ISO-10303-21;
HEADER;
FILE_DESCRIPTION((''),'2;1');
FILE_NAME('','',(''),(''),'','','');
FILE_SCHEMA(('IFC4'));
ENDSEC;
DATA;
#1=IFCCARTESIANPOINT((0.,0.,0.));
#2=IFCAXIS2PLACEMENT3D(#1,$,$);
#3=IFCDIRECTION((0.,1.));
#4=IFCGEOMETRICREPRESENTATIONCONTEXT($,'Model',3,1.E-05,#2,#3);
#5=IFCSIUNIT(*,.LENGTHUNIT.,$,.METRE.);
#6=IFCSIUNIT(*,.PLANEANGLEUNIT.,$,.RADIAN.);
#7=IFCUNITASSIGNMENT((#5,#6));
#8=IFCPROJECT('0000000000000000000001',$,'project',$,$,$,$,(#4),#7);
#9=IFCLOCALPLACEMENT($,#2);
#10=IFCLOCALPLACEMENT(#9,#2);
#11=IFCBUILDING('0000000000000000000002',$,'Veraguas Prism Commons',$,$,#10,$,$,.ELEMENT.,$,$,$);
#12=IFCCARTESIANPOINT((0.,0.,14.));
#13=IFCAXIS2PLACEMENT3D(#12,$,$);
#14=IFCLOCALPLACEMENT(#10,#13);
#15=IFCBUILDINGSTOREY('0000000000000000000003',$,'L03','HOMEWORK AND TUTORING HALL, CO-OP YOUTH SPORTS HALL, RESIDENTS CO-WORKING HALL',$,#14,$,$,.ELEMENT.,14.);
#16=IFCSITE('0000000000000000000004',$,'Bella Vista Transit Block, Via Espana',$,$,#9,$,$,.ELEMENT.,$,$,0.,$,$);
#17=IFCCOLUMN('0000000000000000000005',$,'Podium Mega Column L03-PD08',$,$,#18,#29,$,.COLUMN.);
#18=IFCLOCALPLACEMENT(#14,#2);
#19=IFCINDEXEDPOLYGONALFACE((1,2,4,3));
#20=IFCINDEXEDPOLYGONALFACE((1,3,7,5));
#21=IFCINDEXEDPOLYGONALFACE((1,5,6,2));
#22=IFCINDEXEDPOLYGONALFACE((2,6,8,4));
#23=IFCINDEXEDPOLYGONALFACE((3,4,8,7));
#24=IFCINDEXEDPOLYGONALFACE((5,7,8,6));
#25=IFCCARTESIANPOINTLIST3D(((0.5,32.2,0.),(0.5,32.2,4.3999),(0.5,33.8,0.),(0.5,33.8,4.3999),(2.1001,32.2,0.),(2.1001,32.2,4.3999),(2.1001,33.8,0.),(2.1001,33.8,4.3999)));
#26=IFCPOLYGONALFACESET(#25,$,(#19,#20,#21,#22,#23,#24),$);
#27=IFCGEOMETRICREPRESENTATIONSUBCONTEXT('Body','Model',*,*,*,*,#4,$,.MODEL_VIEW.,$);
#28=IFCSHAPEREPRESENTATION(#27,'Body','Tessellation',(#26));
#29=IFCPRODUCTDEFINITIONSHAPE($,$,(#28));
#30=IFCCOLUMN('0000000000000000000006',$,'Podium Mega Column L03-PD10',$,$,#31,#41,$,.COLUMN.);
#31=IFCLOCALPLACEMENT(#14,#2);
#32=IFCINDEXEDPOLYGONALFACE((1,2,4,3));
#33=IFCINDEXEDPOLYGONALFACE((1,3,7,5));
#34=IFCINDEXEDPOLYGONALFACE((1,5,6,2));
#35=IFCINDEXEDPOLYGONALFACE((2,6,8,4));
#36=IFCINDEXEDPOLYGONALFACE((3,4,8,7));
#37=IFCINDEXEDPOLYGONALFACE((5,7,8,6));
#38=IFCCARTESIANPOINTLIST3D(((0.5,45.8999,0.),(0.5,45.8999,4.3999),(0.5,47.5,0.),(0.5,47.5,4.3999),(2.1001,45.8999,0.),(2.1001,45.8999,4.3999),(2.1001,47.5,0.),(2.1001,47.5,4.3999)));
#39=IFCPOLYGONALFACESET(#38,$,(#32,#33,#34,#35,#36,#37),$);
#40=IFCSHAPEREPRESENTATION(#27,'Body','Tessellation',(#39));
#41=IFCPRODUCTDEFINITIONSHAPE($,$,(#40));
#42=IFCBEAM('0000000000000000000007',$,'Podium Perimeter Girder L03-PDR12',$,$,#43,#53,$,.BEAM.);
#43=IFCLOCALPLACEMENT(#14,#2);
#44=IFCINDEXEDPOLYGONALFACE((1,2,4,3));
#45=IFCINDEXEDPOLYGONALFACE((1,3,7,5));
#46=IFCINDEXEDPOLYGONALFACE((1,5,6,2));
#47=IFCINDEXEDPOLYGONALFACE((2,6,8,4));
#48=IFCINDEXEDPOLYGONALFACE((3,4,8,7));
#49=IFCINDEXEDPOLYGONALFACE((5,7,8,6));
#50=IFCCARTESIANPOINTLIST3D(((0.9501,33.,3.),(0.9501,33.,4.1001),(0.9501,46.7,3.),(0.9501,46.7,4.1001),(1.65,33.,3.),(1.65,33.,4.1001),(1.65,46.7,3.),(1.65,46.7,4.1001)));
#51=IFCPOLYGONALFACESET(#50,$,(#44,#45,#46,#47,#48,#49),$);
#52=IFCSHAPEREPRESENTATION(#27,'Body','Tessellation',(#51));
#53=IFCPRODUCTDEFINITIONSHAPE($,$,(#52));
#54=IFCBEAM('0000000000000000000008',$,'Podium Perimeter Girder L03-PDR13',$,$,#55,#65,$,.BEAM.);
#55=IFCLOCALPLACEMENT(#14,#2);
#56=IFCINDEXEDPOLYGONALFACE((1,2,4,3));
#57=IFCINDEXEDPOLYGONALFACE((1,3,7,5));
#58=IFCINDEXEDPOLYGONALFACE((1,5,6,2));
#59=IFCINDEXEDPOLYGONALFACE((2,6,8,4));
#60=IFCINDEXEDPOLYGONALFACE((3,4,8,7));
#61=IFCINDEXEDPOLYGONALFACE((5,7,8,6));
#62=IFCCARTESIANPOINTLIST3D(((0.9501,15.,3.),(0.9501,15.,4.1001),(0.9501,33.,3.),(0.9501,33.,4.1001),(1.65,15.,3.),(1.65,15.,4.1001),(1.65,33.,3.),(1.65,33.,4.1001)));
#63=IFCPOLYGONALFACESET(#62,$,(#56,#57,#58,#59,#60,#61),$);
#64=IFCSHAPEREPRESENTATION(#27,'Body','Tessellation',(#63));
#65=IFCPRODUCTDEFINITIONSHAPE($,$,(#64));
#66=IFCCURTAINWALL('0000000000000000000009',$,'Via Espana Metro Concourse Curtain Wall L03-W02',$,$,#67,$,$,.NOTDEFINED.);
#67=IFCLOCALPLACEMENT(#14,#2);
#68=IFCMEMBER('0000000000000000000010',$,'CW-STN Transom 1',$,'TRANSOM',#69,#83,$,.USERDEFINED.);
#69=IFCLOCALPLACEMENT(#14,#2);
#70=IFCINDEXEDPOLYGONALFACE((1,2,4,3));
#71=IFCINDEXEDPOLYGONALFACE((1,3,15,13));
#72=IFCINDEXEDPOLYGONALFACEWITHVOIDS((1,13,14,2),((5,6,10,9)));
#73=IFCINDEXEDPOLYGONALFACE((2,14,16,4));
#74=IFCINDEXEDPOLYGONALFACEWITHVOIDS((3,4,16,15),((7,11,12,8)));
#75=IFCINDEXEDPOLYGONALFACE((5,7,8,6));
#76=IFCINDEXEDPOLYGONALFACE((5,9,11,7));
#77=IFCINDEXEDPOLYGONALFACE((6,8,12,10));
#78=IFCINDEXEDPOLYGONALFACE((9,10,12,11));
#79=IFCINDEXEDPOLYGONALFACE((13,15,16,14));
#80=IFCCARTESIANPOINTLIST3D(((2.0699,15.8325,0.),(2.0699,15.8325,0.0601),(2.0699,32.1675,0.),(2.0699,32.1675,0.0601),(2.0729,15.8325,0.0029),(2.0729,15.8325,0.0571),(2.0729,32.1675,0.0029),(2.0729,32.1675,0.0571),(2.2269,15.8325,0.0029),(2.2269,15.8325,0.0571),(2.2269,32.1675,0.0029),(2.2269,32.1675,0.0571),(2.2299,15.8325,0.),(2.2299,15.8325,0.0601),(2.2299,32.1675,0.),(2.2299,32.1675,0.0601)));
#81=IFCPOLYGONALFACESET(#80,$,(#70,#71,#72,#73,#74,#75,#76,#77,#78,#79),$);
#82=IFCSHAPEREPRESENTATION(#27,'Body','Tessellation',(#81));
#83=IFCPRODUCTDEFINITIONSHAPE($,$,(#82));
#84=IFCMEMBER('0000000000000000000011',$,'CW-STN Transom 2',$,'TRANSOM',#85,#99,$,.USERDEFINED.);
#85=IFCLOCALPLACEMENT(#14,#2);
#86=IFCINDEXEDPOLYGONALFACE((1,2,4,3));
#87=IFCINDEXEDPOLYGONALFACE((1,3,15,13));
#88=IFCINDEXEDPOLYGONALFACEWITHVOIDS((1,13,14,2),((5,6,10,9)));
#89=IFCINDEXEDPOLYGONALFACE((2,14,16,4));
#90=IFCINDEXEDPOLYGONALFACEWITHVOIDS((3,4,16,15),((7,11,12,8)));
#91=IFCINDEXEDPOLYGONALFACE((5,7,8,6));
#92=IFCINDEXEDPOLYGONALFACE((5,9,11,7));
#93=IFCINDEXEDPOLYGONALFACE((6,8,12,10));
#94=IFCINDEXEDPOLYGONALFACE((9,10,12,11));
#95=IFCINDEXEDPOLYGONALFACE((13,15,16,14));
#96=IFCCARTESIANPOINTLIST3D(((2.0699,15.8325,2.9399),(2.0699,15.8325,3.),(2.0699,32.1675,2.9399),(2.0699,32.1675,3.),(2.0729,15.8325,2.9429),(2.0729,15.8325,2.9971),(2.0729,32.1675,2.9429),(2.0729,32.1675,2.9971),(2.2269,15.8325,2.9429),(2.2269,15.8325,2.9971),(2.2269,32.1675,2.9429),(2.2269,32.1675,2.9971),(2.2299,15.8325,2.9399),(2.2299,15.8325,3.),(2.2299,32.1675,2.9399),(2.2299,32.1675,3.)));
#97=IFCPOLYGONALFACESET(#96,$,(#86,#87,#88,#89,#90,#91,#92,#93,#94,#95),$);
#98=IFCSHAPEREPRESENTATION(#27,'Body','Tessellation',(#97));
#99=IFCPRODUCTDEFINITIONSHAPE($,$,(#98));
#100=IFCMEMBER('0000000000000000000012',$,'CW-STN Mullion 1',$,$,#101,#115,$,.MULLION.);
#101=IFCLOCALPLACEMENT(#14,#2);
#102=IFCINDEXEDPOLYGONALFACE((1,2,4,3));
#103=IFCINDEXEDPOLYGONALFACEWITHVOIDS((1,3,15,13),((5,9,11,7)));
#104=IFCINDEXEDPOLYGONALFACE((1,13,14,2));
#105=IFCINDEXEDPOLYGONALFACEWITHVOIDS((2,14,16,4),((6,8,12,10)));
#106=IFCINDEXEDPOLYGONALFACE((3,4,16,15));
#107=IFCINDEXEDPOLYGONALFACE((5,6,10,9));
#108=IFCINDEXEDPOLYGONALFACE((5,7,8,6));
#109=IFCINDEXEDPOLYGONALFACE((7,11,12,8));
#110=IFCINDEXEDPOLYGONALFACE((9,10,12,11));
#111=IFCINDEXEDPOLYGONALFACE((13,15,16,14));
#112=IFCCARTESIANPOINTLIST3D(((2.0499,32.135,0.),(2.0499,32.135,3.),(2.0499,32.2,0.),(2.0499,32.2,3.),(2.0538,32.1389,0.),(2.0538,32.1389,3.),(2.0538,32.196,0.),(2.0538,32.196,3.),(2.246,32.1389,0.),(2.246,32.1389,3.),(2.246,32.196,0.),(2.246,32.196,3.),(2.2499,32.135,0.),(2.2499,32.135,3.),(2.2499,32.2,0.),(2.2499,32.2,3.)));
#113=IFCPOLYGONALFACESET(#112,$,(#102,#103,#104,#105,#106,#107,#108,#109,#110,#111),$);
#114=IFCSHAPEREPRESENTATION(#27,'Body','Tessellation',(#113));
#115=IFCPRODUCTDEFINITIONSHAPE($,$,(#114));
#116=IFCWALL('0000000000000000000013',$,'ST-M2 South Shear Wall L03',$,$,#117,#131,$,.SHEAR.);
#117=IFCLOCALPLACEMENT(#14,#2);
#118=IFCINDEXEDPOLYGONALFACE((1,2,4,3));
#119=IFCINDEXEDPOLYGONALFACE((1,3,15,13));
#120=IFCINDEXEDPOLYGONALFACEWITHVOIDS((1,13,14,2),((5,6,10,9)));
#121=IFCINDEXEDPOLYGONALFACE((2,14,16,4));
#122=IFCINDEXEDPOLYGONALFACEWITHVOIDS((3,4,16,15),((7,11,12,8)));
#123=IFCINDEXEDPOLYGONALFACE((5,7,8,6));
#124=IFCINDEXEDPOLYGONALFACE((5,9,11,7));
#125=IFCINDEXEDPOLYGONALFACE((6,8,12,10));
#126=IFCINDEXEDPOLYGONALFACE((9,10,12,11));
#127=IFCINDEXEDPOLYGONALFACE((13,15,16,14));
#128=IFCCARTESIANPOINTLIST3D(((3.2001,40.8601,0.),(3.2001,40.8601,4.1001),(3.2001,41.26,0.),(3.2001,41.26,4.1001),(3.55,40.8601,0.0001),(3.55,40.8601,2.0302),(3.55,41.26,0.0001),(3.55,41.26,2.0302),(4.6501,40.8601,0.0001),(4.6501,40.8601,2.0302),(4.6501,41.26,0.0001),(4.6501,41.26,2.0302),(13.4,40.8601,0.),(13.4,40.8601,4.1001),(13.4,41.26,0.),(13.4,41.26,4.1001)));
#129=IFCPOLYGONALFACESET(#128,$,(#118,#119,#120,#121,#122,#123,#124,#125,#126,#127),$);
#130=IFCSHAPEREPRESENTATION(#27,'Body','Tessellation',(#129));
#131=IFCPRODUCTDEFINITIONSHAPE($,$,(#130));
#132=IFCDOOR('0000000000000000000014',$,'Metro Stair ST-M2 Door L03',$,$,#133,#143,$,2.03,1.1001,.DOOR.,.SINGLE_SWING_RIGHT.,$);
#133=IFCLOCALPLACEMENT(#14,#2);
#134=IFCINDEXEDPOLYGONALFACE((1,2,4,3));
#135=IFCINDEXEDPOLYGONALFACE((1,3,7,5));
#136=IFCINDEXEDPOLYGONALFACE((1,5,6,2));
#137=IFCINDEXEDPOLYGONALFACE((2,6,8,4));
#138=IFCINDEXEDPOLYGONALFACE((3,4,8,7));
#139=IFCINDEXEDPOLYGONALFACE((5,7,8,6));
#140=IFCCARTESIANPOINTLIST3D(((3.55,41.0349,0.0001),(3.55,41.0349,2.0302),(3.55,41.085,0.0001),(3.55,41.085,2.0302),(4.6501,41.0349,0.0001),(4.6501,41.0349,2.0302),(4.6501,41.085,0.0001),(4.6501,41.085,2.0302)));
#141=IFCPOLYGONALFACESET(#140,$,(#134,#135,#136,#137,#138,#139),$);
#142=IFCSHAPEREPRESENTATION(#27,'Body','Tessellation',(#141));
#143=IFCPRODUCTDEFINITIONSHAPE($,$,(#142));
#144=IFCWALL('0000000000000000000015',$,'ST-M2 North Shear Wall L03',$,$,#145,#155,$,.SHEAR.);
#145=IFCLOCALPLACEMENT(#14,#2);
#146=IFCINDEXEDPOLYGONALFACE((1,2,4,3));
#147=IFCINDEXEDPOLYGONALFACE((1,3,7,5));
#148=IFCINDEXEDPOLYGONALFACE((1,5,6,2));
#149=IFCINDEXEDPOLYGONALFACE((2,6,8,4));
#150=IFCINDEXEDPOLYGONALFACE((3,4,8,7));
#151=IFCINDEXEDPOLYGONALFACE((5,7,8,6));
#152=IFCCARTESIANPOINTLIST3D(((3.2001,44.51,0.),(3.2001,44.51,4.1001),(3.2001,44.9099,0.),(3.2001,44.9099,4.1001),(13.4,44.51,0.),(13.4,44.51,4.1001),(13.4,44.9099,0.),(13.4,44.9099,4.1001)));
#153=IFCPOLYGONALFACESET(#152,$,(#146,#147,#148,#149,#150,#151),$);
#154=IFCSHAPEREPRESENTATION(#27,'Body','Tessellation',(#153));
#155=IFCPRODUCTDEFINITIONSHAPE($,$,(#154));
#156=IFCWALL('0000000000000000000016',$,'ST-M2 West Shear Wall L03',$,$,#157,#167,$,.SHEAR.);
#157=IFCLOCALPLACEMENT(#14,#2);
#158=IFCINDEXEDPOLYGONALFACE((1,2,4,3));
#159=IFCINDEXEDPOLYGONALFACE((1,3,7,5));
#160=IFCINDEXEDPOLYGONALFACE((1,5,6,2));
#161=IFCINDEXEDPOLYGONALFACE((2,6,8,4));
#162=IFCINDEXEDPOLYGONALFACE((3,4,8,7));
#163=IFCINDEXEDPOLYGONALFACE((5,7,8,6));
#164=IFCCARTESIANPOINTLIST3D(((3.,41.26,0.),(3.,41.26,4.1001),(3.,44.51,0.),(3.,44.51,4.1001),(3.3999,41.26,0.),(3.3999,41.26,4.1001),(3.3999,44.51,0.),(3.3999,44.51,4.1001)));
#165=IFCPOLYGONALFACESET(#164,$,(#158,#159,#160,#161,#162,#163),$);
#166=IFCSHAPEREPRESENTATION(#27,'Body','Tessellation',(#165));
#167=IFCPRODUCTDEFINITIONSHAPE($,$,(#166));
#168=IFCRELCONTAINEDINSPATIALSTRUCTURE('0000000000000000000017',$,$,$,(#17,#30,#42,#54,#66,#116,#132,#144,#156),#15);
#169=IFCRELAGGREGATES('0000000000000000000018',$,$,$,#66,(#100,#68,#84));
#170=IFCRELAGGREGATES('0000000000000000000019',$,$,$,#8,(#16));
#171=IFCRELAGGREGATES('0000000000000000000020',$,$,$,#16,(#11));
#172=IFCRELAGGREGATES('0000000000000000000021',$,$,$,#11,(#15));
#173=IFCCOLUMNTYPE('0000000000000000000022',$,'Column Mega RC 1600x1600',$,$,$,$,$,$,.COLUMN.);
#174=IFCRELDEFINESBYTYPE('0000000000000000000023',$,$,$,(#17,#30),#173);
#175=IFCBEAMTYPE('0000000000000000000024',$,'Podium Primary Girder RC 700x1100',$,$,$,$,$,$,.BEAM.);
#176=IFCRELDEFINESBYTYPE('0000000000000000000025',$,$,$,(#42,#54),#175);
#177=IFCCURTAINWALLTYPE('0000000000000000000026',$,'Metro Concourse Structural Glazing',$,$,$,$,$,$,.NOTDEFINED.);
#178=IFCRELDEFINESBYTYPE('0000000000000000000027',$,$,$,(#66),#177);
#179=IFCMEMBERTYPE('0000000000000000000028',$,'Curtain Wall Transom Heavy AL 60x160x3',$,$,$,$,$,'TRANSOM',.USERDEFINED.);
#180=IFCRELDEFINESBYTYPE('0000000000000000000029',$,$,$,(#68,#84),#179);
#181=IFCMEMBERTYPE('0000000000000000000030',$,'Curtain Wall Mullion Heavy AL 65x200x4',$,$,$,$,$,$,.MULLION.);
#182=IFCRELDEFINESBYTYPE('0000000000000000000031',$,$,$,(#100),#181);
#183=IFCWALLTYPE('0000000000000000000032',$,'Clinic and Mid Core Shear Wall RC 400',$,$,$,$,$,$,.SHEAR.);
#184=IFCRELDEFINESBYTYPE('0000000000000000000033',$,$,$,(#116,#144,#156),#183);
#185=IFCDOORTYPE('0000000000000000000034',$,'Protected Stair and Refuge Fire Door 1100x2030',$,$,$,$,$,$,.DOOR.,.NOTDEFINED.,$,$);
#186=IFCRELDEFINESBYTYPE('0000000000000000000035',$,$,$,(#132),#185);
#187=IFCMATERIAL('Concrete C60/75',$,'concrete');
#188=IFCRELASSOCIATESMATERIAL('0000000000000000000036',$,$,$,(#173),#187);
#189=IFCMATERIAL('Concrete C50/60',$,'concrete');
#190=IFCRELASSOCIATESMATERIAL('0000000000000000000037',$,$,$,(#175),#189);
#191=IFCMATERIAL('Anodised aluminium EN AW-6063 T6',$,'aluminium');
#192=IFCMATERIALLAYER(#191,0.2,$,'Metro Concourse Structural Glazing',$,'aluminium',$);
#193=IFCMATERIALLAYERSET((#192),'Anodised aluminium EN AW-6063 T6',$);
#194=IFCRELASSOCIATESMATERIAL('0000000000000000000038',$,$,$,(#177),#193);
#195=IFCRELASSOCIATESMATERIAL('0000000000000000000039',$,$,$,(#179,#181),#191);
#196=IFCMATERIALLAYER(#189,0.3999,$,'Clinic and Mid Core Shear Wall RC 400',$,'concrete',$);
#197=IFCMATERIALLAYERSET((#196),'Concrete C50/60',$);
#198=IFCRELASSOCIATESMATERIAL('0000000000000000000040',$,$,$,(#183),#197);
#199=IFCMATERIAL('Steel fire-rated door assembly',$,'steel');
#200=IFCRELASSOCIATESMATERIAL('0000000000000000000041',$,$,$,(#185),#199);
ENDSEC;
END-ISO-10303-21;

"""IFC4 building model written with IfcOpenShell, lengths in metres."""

from ifc_helpers import new_model, si_unit, direction, frame, frame_2d, origin, origin_2d, place, context, subcontext, project, spatial, rectangle, hollow_rectangle, extrude, source, transform, mapped, material, layer, layer_set, material_profile, profile_set, type_object, element, fill, aggregate, save


model = new_model("IFC4")

# Units and contexts
model_context = context("Model", 3, precision=1e-05, world=origin(), true_north=direction((0.0, 1.0)))
body_context = subcontext(model_context, "Body", "Model", "MODEL_VIEW")
ifc_project = project(units=[si_unit("LENGTHUNIT", "METRE"), si_unit("PLANEANGLEUNIT", "RADIAN")], contexts=[model_context])

# Site, building, storey
site_placement = place(None, origin())
site = spatial("IfcSite", under=ifc_project, at=site_placement, Name="Bella Vista Transit Block, Via Espana", CompositionType="ELEMENT", RefElevation=0.0)
building_placement = place(site_placement, origin())
building = spatial("IfcBuilding", under=site, at=building_placement, Name="Veraguas Prism Commons", CompositionType="ELEMENT")
storey_placement = place(building_placement, frame((0.0, 0.0, 14.0)))
storey = spatial("IfcBuildingStorey", under=building, at=storey_placement, Name="L03", Description="HOMEWORK AND TUTORING HALL, CO-OP YOUTH SPORTS HALL, RESIDENTS CO-WORKING HALL", CompositionType="ELEMENT", Elevation=14.0)

# Columns
ifc_material_1 = material(Name="Concrete C60/75", Category="concrete")
ifc_material_profile_1 = material_profile(ifc_material_1, rectangle(XDim=1.6001, YDim=1.6001, at=origin_2d()), Name="RC1600X1600")
ifc_profile_set_1 = profile_set([ifc_material_profile_1], Name="Concrete C60/75")
column_type = type_object("IfcColumnType", Name="Column Mega RC 1600x1600", PredefinedType="COLUMN", material=ifc_profile_set_1)
for number, where, z_axis, x_axis, name in (
    (1, (1.3, 33.0, 0.0), (0.0, 0.0, 1.0), (1.0, 0.0, 0.0), "Podium Mega Column L03-PD08"),
    (2, (1.3, 46.7, 0.0), (0.0, 0.0, 1.0), (1.0, 0.0, 0.0), "Podium Mega Column L03-PD10"),
):
    element("IfcColumn", number, at=place(storey_placement, frame(where, z_axis=z_axis, x_axis=x_axis)), inside=storey, type_object=column_type, Name=name, PredefinedType="COLUMN", context=body_context, shape_type="SweptSolid", body=[
        extrude(rectangle(XDim=1.6001, YDim=1.6001, at=origin_2d()), origin(), (0.0, 0.0, 1.0), 4.3999),
    ])

# Beams
ifc_material_2 = material(Name="Concrete C50/60", Category="concrete")
ifc_material_profile_2 = material_profile(ifc_material_2, rectangle(XDim=0.7, YDim=1.1001, at=origin_2d()), Name="RC700X1100")
ifc_profile_set_2 = profile_set([ifc_material_profile_2], Name="Concrete C50/60")
beam_type = type_object("IfcBeamType", Name="Podium Primary Girder RC 700x1100", PredefinedType="BEAM", material=ifc_profile_set_2)
beam_1_placement = place(storey_placement, frame((1.3, 46.7, 3.55), z_axis=(0.0, -1.0, 0.0), x_axis=(1.0, 0.0, 0.0)))
element("IfcBeam", 3, at=beam_1_placement, inside=storey, type_object=beam_type, Name="Podium Perimeter Girder L03-PDR12", PredefinedType="BEAM", context=body_context, shape_type="SweptSolid", body=[
    extrude(rectangle(XDim=0.7, YDim=1.1001, at=origin_2d()), origin(), (0.0, 0.0, 1.0), 13.7),
])
beam_2_placement = place(storey_placement, frame((1.3, 33.0, 3.55), z_axis=(0.0, -1.0, 0.0), x_axis=(1.0, 0.0, 0.0)))
element("IfcBeam", 4, at=beam_2_placement, inside=storey, type_object=beam_type, Name="Podium Perimeter Girder L03-PDR13", PredefinedType="BEAM", context=body_context, shape_type="SweptSolid", body=[
    extrude(rectangle(XDim=0.7, YDim=1.1001, at=origin_2d()), origin(), (0.0, 0.0, 1.0), 18.0),
])

# Curtain wall, members
ifc_material_3 = material(Name="Anodised aluminium EN AW-6063 T6", Category="aluminium")
ifc_layer_1 = layer(ifc_material_3, 0.2, Name="Metro Concourse Structural Glazing", Category="aluminium")
ifc_layer_set_1 = layer_set([ifc_layer_1], Name="Anodised aluminium EN AW-6063 T6")
curtain_wall_type = type_object("IfcCurtainWallType", Name="Metro Concourse Structural Glazing", PredefinedType="NOTDEFINED", material=ifc_layer_set_1)
curtain_wall_placement = place(storey_placement, origin())
curtain_wall = element("IfcCurtainWall", 5, at=curtain_wall_placement, inside=storey, type_object=curtain_wall_type, Name="Via Espana Metro Concourse Curtain Wall L03-W02", PredefinedType="NOTDEFINED")
ifc_material_profile_3 = material_profile(ifc_material_3, hollow_rectangle(XDim=0.0601, YDim=0.1599, WallThickness=0.0029, at=origin_2d()), Name="AL60X160X3")
ifc_profile_set_3 = profile_set([ifc_material_profile_3], Name="Anodised aluminium EN AW-6063 T6")
member_type_1 = type_object("IfcMemberType", Name="Curtain Wall Transom Heavy AL 60x160x3", ElementType="TRANSOM", PredefinedType="USERDEFINED", material=ifc_profile_set_3)
shared_shape_1 = source(origin(), body_context, "Body", "SweptSolid", [
    extrude(hollow_rectangle(XDim=0.0601, YDim=0.1599, WallThickness=0.0029, at=origin_2d()), origin(), (0.0, 0.0, 1.0), 16.335),
])
member_1_placement = place(storey_placement, frame((2.1499, 32.1675, 0.03), z_axis=(0.0, -1.0, 0.0), x_axis=(0.0, 0.0, 1.0)))
member_1 = element("IfcMember", 6, at=member_1_placement, type_object=member_type_1, Name="CW-STN Transom 1", ObjectType="TRANSOM", PredefinedType="USERDEFINED", context=body_context, shape_type="MappedRepresentation", body=[
    mapped(shared_shape_1, transform((0.0, 0.0, 0.0), scale=1.0)),
])
member_2_placement = place(storey_placement, frame((2.1499, 32.1675, 2.97), z_axis=(0.0, -1.0, 0.0), x_axis=(0.0, 0.0, 1.0)))
member_2 = element("IfcMember", 7, at=member_2_placement, type_object=member_type_1, Name="CW-STN Transom 2", ObjectType="TRANSOM", PredefinedType="USERDEFINED", context=body_context, shape_type="MappedRepresentation", body=[
    mapped(shared_shape_1, transform((0.0, 0.0, 0.0), scale=1.0)),
])
ifc_material_profile_4 = material_profile(ifc_material_3, hollow_rectangle(XDim=0.0649, YDim=0.2, WallThickness=0.0039, at=origin_2d()), Name="AL65X200X4")
ifc_profile_set_4 = profile_set([ifc_material_profile_4], Name="Anodised aluminium EN AW-6063 T6")
member_type_2 = type_object("IfcMemberType", Name="Curtain Wall Mullion Heavy AL 65x200x4", PredefinedType="MULLION", material=ifc_profile_set_4)
shared_shape_2 = source(origin(), body_context, "Body", "SweptSolid", [
    extrude(hollow_rectangle(XDim=0.0649, YDim=0.2, WallThickness=0.0039, at=origin_2d()), origin(), (0.0, 0.0, 1.0), 3.0),
])
member_3_placement = place(storey_placement, frame((2.1499, 32.1675, 0.0), z_axis=(0.0, 0.0, 1.0), x_axis=(0.0, -1.0, 0.0)))
member_3 = element("IfcMember", 8, at=member_3_placement, type_object=member_type_2, Name="CW-STN Mullion 1", PredefinedType="MULLION", context=body_context, shape_type="MappedRepresentation", body=[
    mapped(shared_shape_2, transform((0.0, 0.0, 0.0), scale=1.0)),
])
aggregate(curtain_wall, [member_3, member_1, member_2])

# Wall, opening, door
ifc_layer_2 = layer(ifc_material_2, 0.3999, Name="Clinic and Mid Core Shear Wall RC 400", Category="concrete")
ifc_layer_set_2 = layer_set([ifc_layer_2], Name="Concrete C50/60")
wall_type_1 = type_object("IfcWallType", Name="Clinic and Mid Core Shear Wall RC 400", PredefinedType="SHEAR", material=ifc_layer_set_2)
wall_1_placement = place(storey_placement, frame((3.2, 41.0601, 0.0), z_axis=(0.0, 0.0, 1.0), x_axis=(1.0, 0.0, 0.0)))
wall_1 = element("IfcWall", 9, at=wall_1_placement, inside=storey, type_object=wall_type_1, Name="ST-M2 South Shear Wall L03", PredefinedType="SHEAR", context=body_context, shape_type="SweptSolid", body=[
    extrude(rectangle(XDim=10.2, YDim=0.3999, at=frame_2d((5.1001, 0.0))), origin(), (0.0, 0.0, 1.0), 4.1001),
])
opening_1_placement = place(wall_1_placement, frame((0.3501, 0.0, 0.0)))
opening_1 = element("IfcOpeningElement", 10, at=opening_1_placement, cuts=wall_1, PredefinedType="OPENING", context=body_context, shape_type="SweptSolid", body=[
    extrude(rectangle(XDim=1.1001, YDim=2.03, at=frame_2d((0.55, 1.0151))), frame((0.0, 0.21, 0.0), z_axis=(0.0, -1.0, 0.0), x_axis=(1.0, 0.0, 0.0)), (0.0, 0.0, 1.0), 0.4199),
])
ifc_material_4 = material(Name="Steel fire-rated door assembly", Category="steel")
door_type = type_object("IfcDoorType", Name="Protected Stair and Refuge Fire Door 1100x2030", OperationType="NOTDEFINED", PredefinedType="DOOR", material=ifc_material_4)
shared_shape_3 = source(origin(), body_context, "Body", "SweptSolid", [
    extrude(rectangle(XDim=1.1001, YDim=2.03, at=frame_2d((0.55, 1.0151))), frame((0.0, 0.0249, 0.0), z_axis=(0.0, -1.0, 0.0), x_axis=(1.0, 0.0, 0.0)), (0.0, 0.0, 1.0), 0.05),
])
door_placement = place(opening_1_placement, origin())
door = element("IfcDoor", 11, at=door_placement, inside=storey, type_object=door_type, Name="Metro Stair ST-M2 Door L03", OperationType="SINGLE_SWING_RIGHT", OverallHeight=2.03, OverallWidth=1.1001, PredefinedType="DOOR", context=body_context, shape_type="MappedRepresentation", body=[
    mapped(shared_shape_3, transform((0.0, 0.0, 0.0), scale=1.0)),
])
fill(opening_1, door)

# Walls
wall_2_placement = place(storey_placement, frame((3.2, 44.71, 0.0), z_axis=(0.0, 0.0, 1.0), x_axis=(1.0, 0.0, 0.0)))
element("IfcWall", 12, at=wall_2_placement, inside=storey, type_object=wall_type_1, Name="ST-M2 North Shear Wall L03", PredefinedType="SHEAR", context=body_context, shape_type="SweptSolid", body=[
    extrude(rectangle(XDim=10.2, YDim=0.3999, at=frame_2d((5.1001, 0.0))), origin(), (0.0, 0.0, 1.0), 4.1001),
])
wall_3_placement = place(storey_placement, frame((3.2, 41.26, 0.0), z_axis=(0.0, 0.0, 1.0), x_axis=(0.0, 1.0, 0.0)))
element("IfcWall", 13, at=wall_3_placement, inside=storey, type_object=wall_type_1, Name="ST-M2 West Shear Wall L03", PredefinedType="SHEAR", context=body_context, shape_type="SweptSolid", body=[
    extrude(rectangle(XDim=3.25, YDim=0.3999, at=frame_2d((1.625, 0.0))), origin(), (0.0, 0.0, 1.0), 4.1001),
])

save(model, "model.ifc")
